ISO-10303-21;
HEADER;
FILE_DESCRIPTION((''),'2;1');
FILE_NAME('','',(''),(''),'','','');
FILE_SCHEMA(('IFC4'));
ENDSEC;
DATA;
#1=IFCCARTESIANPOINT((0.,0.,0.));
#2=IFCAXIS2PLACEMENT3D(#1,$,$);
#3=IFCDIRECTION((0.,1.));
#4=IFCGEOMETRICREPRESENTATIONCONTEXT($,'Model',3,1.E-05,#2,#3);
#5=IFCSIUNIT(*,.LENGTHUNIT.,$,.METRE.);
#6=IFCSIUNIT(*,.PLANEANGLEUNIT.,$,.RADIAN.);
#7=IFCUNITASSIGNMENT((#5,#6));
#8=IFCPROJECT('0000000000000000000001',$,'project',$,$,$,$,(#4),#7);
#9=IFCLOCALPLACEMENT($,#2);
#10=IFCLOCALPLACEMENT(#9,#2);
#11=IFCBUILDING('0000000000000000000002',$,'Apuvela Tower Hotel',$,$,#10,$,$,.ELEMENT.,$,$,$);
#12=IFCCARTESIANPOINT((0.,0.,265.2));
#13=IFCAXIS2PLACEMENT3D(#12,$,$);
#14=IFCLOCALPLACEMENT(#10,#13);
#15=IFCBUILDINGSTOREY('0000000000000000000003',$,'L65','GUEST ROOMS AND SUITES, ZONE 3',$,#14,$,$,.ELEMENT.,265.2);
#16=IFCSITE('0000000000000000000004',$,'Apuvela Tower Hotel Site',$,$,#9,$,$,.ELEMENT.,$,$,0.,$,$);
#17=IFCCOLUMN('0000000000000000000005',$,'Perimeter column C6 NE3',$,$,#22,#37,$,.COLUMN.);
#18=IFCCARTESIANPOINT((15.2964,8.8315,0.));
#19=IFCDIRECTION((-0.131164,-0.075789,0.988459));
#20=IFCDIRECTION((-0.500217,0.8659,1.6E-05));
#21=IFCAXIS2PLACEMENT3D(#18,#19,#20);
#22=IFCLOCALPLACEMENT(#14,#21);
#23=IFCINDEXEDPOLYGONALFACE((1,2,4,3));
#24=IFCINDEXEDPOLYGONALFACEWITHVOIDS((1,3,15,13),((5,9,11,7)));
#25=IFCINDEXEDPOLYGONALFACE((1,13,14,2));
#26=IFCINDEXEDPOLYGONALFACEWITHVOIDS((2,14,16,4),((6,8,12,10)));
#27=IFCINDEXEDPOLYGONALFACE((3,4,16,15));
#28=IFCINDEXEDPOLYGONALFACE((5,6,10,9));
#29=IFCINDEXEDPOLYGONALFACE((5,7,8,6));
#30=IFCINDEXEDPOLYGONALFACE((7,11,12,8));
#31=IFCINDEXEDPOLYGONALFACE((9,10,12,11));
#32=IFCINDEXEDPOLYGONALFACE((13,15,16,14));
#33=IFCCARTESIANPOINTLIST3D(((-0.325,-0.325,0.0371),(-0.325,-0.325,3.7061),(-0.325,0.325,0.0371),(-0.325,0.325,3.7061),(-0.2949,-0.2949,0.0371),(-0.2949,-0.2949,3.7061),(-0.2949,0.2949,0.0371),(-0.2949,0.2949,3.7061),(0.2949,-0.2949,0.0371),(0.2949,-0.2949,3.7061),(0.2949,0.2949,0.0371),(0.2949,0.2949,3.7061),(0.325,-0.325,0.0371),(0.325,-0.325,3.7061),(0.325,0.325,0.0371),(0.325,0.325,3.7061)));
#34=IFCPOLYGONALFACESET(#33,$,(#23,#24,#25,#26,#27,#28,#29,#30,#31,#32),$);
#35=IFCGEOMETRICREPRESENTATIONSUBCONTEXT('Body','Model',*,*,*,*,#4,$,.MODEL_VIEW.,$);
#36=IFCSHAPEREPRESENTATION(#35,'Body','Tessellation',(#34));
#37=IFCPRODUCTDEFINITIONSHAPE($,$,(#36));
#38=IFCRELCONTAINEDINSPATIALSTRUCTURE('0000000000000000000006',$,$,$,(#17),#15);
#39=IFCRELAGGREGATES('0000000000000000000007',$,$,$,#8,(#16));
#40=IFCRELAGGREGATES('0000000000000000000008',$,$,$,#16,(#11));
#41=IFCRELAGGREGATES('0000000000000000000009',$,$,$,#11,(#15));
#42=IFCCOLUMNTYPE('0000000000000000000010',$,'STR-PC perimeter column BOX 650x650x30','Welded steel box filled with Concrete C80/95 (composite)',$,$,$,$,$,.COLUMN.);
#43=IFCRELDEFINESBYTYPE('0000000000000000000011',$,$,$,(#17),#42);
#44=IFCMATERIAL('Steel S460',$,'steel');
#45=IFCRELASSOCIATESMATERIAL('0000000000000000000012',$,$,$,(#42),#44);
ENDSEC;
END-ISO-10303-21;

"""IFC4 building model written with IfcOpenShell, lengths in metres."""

from ifc_helpers import new_model, si_unit, direction, frame, origin, origin_2d, place, context, subcontext, project, spatial, rectangle, hollow_rectangle, extrude, boolean, halfspace, material, material_profile, profile_set, type_object, element, save


model = new_model("IFC4")

# Units and contexts
model_context = context("Model", 3, precision=1e-05, world=origin(), true_north=direction((0.0, 1.0)))
body_context = subcontext(model_context, "Body", "Model", "MODEL_VIEW")
ifc_project = project(units=[si_unit("LENGTHUNIT", "METRE"), si_unit("PLANEANGLEUNIT", "RADIAN")], contexts=[model_context])

# Site, building, storey
site_placement = place(None, origin())
site = spatial("IfcSite", under=ifc_project, at=site_placement, Name="Apuvela Tower Hotel Site", CompositionType="ELEMENT", RefElevation=0.0)
building_placement = place(site_placement, origin())
building = spatial("IfcBuilding", under=site, at=building_placement, Name="Apuvela Tower Hotel", CompositionType="ELEMENT")
storey_placement = place(building_placement, frame((0.0, 0.0, 265.2)))
storey = spatial("IfcBuildingStorey", under=building, at=storey_placement, Name="L65", Description="GUEST ROOMS AND SUITES, ZONE 3", CompositionType="ELEMENT", Elevation=265.2)

# Column
ifc_material_1 = material(Name="Steel S460", Category="steel")
ifc_material_profile_1 = material_profile(ifc_material_1, hollow_rectangle(XDim=0.6499, YDim=0.6499, WallThickness=0.03, at=origin_2d()), Name="BOX 650x650x30")
ifc_material_2 = material(Name="Concrete C80/95", Category="concrete")
ifc_material_profile_2 = material_profile(ifc_material_2, rectangle(XDim=0.5901, YDim=0.5901, at=origin_2d()), Name="Concrete C80/95 infill")
ifc_profile_set_1 = profile_set([ifc_material_profile_1, ifc_material_profile_2], Name="Steel S460")
column_type = type_object("IfcColumnType", Name="STR-PC perimeter column BOX 650x650x30", Description="Welded steel box filled with Concrete C80/95 (composite)", PredefinedType="COLUMN", material=ifc_profile_set_1)
column_1_placement = place(storey_placement, frame((15.2964, 8.8315, 0.0), z_axis=(-0.131164, -0.075789, 0.988459), x_axis=(-0.500217, 0.8659, 0.000016)))
element("IfcColumn", 1, at=column_1_placement, inside=storey, type_object=column_type, Name="Perimeter column C6 NE3", PredefinedType="COLUMN", context=body_context, shape_type="SweptSolid", body=[
    boolean("DIFFERENCE", boolean("DIFFERENCE", extrude(hollow_rectangle(XDim=0.6499, YDim=0.6499, WallThickness=0.03, at=origin_2d()), origin(), (0.0, 0.0, 1.0), 3.7432), halfspace(frame((0.0, 0.0, 0.0371), z_axis=(0.0, 0.0, 1.0), x_axis=(1.0, 0.0, 0.0)), True)), halfspace(frame((0.0, 0.0, 3.7061), z_axis=(0.0, 0.0, 1.0), x_axis=(1.0, 0.0, 0.0)), False)),
])

save(model, "model.ifc")
